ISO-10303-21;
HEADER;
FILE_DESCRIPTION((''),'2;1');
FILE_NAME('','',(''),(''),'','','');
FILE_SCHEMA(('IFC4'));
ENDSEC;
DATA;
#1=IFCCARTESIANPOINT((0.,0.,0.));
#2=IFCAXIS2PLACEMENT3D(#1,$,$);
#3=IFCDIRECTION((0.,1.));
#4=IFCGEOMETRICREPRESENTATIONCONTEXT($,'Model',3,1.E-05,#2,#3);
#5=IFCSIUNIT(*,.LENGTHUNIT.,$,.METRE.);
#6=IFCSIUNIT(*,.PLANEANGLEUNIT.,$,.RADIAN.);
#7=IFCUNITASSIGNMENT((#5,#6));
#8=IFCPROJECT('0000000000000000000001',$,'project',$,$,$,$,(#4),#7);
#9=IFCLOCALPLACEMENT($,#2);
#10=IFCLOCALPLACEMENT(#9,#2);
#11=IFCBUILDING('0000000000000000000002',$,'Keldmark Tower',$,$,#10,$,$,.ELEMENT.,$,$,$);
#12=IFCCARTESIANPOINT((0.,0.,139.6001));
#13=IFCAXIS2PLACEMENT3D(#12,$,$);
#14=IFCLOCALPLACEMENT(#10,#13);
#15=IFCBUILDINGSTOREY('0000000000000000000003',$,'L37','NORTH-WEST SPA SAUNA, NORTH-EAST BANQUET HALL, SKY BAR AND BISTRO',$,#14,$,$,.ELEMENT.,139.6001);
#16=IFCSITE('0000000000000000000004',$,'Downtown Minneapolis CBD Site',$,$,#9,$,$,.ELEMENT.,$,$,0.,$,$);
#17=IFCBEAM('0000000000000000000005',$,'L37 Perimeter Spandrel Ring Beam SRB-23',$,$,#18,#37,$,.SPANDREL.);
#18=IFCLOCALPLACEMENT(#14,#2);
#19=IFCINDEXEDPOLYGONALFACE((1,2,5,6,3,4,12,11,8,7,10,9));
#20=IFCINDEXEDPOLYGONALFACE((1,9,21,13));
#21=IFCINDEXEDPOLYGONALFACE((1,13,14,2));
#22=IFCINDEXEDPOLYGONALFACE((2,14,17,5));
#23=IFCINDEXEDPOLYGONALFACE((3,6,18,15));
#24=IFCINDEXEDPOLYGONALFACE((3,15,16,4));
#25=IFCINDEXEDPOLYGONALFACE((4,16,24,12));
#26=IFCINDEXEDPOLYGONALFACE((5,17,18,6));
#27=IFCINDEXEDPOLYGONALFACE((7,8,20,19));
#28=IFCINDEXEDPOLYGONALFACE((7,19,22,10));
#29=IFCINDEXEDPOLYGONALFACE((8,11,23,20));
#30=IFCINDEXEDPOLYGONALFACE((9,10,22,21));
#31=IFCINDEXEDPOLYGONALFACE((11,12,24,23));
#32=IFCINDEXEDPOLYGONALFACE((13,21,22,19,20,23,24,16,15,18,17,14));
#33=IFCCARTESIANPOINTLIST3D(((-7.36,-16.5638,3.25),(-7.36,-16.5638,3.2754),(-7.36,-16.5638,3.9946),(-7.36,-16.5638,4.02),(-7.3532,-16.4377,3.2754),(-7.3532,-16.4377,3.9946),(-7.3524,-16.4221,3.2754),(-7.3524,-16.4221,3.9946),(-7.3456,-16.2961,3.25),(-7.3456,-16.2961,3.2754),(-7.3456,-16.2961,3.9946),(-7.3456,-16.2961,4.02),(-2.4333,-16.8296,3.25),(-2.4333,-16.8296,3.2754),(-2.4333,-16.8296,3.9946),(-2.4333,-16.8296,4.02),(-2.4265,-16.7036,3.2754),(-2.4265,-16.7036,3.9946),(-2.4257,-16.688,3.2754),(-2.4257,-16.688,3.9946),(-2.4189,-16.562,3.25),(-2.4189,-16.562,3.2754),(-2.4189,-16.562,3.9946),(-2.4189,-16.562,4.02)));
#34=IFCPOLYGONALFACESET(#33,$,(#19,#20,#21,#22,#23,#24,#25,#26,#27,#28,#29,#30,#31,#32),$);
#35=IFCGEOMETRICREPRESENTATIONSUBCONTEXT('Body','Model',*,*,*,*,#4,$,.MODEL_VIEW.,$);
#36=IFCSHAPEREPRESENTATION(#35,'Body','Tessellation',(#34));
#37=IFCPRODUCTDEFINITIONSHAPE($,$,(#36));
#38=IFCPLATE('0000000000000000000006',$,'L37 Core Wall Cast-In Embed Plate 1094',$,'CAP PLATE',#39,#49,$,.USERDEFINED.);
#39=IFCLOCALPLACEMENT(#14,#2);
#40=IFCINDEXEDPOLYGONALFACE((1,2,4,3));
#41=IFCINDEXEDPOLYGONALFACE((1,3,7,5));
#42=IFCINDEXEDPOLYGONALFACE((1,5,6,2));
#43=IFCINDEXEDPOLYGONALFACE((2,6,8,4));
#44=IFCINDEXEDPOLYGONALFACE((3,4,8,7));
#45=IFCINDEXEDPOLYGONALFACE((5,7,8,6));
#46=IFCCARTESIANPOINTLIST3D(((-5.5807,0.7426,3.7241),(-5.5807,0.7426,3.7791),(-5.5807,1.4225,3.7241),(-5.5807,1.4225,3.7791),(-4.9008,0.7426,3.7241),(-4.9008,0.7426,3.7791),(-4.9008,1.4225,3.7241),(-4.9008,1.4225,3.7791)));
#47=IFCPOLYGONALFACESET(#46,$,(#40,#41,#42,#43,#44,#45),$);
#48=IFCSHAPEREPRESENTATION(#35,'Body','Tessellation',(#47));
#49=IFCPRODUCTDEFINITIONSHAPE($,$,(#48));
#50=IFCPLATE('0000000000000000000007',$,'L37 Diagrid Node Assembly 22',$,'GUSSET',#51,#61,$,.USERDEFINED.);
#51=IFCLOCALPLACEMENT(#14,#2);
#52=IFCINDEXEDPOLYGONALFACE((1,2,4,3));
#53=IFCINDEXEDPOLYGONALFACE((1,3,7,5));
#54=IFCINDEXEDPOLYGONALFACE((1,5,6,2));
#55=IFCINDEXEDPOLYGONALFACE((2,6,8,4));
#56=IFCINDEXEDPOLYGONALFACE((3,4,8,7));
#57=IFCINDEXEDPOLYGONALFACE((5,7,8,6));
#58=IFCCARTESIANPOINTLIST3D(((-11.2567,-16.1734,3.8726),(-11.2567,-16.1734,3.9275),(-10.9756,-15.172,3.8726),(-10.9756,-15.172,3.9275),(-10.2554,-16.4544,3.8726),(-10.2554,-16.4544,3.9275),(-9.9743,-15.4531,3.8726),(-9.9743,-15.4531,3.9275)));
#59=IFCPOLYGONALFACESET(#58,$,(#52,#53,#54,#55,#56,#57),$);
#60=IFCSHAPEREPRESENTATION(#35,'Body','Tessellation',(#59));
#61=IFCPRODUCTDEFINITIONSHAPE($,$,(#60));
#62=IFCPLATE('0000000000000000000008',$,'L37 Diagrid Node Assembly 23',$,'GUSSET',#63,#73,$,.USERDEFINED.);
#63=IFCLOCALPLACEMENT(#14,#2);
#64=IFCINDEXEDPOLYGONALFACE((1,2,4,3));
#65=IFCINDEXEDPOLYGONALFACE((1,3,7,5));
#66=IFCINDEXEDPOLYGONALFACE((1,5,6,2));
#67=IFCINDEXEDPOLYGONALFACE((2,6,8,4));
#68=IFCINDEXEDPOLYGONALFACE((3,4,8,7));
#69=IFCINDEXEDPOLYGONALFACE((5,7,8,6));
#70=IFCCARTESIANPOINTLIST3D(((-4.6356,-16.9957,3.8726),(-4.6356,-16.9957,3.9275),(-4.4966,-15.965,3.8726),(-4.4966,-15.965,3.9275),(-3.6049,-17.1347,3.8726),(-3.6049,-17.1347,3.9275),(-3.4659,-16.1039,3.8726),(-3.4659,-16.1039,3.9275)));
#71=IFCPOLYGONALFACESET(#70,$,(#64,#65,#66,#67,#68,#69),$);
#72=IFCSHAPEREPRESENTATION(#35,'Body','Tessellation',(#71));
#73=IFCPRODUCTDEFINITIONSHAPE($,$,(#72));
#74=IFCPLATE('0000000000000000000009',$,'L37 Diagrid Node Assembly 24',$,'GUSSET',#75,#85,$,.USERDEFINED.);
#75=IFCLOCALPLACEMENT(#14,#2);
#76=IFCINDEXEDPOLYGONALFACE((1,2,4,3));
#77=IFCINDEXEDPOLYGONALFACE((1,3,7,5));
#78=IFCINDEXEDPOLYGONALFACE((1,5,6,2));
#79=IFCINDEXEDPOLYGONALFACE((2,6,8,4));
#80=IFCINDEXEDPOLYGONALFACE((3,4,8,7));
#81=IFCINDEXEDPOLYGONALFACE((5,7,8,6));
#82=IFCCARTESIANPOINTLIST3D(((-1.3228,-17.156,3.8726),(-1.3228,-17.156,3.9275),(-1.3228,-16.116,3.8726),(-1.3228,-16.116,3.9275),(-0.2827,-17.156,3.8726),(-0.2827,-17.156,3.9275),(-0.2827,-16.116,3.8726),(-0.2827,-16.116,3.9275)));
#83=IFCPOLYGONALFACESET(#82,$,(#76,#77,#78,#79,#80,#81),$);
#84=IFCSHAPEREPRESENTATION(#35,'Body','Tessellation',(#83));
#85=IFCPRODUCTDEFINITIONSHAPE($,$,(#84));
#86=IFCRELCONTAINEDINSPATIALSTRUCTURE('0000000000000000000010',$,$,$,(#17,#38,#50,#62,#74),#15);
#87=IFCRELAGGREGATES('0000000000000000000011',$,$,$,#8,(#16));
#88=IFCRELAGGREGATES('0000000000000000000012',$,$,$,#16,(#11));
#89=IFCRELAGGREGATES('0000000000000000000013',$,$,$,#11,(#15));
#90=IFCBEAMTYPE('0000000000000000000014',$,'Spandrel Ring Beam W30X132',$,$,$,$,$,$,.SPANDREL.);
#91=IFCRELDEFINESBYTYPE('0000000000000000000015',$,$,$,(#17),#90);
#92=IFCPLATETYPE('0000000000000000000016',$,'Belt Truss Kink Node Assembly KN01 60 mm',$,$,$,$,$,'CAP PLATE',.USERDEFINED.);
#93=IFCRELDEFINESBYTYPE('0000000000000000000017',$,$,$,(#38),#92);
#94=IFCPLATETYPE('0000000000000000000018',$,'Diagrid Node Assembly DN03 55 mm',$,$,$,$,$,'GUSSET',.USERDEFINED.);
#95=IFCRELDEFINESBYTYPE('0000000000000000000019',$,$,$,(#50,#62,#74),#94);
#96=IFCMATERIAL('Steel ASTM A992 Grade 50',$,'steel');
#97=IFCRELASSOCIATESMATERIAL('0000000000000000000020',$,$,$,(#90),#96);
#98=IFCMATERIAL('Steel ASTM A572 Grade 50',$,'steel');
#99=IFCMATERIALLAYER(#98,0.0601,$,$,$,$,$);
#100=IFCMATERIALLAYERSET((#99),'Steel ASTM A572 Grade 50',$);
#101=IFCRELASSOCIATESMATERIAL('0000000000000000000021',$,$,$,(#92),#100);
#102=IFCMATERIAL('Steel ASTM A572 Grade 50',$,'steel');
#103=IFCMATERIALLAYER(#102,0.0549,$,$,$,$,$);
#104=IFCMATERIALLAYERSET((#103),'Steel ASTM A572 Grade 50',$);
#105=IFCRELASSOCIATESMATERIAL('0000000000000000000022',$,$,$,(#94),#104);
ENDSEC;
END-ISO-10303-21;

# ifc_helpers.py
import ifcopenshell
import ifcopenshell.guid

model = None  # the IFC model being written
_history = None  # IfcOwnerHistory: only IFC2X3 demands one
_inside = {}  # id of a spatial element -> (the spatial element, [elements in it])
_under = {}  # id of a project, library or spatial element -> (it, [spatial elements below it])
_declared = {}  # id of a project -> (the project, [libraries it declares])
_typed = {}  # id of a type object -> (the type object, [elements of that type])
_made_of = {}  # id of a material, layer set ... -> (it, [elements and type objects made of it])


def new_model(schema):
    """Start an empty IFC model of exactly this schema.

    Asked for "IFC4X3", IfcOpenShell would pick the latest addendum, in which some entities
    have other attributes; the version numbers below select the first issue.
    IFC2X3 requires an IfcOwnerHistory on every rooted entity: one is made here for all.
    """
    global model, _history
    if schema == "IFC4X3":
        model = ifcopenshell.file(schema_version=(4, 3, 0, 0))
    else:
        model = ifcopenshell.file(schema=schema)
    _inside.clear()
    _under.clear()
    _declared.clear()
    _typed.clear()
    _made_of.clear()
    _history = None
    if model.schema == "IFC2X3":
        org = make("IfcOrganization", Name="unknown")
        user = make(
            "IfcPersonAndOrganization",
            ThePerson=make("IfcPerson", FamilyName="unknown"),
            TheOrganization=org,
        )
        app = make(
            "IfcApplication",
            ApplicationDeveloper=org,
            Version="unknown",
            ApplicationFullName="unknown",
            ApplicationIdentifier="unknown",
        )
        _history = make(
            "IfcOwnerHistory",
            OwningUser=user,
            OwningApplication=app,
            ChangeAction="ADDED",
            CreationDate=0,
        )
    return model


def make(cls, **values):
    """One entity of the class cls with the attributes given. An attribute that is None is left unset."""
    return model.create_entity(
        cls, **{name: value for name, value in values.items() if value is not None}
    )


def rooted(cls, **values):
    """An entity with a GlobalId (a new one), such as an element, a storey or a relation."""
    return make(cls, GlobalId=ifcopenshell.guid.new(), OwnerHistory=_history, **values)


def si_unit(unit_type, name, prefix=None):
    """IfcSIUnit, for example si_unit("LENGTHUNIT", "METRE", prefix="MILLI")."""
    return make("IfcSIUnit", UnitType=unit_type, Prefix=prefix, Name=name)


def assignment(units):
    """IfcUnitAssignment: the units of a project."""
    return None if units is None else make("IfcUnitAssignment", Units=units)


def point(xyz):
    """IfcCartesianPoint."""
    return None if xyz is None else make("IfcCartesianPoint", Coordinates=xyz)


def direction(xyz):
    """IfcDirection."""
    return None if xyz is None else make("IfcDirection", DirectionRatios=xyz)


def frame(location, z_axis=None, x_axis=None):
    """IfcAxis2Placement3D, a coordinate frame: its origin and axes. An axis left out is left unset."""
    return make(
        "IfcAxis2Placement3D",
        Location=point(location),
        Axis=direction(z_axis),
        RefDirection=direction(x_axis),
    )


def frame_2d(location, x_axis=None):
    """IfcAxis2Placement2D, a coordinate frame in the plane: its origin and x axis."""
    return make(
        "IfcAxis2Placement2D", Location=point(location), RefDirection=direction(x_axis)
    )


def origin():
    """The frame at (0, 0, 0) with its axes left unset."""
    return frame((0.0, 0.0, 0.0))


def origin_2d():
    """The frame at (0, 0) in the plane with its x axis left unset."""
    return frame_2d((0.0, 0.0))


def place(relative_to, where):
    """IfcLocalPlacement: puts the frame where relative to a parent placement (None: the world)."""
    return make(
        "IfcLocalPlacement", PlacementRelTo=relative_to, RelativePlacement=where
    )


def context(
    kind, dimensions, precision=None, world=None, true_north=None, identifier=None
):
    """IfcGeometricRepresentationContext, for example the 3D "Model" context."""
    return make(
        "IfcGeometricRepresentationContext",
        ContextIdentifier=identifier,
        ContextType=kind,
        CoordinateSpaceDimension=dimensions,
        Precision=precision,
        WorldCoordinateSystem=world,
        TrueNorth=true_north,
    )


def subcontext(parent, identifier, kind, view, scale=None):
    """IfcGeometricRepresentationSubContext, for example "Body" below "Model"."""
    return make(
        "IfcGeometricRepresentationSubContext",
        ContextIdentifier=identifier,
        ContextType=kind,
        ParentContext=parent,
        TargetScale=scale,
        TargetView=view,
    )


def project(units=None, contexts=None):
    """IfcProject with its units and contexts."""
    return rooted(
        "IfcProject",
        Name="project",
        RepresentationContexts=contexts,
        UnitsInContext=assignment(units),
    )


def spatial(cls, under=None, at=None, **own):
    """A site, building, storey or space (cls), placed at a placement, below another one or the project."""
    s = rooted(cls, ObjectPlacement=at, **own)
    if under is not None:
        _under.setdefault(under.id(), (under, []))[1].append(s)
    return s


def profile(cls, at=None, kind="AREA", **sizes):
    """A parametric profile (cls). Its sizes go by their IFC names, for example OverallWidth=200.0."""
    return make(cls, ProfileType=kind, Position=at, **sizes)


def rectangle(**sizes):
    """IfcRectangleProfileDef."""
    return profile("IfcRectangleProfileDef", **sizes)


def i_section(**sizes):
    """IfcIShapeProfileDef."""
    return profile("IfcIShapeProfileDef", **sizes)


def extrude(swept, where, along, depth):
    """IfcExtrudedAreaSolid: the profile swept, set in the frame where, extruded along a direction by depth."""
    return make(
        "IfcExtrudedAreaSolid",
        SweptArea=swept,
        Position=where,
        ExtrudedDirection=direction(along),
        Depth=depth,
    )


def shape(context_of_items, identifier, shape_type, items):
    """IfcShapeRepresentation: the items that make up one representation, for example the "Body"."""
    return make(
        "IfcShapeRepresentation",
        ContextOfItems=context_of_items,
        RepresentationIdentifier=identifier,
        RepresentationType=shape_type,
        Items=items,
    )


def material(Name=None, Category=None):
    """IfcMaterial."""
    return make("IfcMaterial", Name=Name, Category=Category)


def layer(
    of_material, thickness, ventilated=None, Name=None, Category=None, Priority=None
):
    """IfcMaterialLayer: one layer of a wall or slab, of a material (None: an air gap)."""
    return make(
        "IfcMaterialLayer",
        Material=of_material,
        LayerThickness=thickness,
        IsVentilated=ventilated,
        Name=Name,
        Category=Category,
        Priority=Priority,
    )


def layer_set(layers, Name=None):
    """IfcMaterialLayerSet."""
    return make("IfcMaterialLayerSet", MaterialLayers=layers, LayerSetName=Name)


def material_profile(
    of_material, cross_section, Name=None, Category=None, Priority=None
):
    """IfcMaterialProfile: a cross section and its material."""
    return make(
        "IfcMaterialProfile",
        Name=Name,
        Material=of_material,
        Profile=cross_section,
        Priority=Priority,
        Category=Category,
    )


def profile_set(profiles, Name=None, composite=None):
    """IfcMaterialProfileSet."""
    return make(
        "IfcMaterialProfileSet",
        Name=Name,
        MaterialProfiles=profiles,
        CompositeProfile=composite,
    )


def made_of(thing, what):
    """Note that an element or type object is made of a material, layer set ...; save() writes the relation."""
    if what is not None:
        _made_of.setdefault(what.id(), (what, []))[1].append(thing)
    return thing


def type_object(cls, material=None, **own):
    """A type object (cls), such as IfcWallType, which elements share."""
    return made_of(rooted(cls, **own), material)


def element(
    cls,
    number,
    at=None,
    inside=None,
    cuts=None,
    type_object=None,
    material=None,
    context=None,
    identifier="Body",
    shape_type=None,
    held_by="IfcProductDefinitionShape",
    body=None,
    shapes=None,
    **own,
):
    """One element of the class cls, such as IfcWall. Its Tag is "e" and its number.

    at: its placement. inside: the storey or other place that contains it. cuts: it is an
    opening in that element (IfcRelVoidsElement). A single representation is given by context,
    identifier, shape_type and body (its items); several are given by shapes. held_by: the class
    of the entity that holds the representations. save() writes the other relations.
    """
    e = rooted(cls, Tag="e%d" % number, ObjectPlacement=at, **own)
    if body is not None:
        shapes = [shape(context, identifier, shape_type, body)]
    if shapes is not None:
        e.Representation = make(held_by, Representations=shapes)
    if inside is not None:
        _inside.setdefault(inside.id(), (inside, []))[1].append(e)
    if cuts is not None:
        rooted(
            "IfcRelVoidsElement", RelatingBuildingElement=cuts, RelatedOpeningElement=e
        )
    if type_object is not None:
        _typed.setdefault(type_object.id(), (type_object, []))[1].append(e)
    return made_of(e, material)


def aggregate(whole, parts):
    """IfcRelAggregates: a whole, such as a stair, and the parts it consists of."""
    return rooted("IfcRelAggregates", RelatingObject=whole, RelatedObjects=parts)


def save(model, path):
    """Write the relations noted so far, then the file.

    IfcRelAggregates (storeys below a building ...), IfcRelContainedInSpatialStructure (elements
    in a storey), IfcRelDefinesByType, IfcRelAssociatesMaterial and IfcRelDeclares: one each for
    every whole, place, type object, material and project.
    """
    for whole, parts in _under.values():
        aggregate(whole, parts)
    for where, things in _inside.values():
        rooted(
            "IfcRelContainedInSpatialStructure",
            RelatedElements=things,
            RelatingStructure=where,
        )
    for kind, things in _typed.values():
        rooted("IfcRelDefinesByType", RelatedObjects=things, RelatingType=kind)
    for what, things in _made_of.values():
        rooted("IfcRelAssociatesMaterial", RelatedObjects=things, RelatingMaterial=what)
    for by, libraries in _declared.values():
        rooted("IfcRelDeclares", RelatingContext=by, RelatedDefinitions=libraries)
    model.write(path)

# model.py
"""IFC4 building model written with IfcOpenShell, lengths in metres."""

from ifc_helpers import new_model, si_unit, direction, frame, origin, origin_2d, place, context, subcontext, project, spatial, rectangle, i_section, extrude, material, layer, layer_set, material_profile, profile_set, type_object, element, save


model = new_model("IFC4")

# Units and contexts
model_context = context("Model", 3, precision=1e-05, world=origin(), true_north=direction((0.0, 1.0)))
body_context = subcontext(model_context, "Body", "Model", "MODEL_VIEW")
ifc_project = project(units=[si_unit("LENGTHUNIT", "METRE"), si_unit("PLANEANGLEUNIT", "RADIAN")], contexts=[model_context])

# Site, building, storey
site_placement = place(None, origin())
site = spatial("IfcSite", under=ifc_project, at=site_placement, Name="Downtown Minneapolis CBD Site", CompositionType="ELEMENT", RefElevation=0.0)
building_placement = place(site_placement, origin())
building = spatial("IfcBuilding", under=site, at=building_placement, Name="Keldmark Tower", CompositionType="ELEMENT")
storey_placement = place(building_placement, frame((0.0, 0.0, 139.6001)))
storey = spatial("IfcBuildingStorey", under=building, at=storey_placement, Name="L37", Description="NORTH-WEST SPA SAUNA, NORTH-EAST BANQUET HALL, SKY BAR AND BISTRO", CompositionType="ELEMENT", Elevation=139.6001)

# Beam
ifc_material_1 = material(Name="Steel ASTM A992 Grade 50", Category="steel")
ifc_material_profile_1 = material_profile(ifc_material_1, i_section(OverallWidth=0.2681, OverallDepth=0.77, WebThickness=0.0156, FlangeThickness=0.0254, at=origin_2d()), Name="W30X132")
ifc_profile_set_1 = profile_set([ifc_material_profile_1], Name="Steel ASTM A992 Grade 50")
beam_type_1 = type_object("IfcBeamType", Name="Spandrel Ring Beam W30X132", PredefinedType="SPANDREL", material=ifc_profile_set_1)
beam_1_placement = place(storey_placement, frame((-7.3528, -16.4299, 3.635), z_axis=(0.998547, -0.053886, 0.0), x_axis=(0.053886, 0.998547, 0.0)))
element("IfcBeam", 1, at=beam_1_placement, inside=storey, type_object=beam_type_1, Name="L37 Perimeter Spandrel Ring Beam SRB-23", PredefinedType="SPANDREL", context=body_context, shape_type="SweptSolid", body=[
    extrude(i_section(OverallWidth=0.2681, OverallDepth=0.77, WebThickness=0.0156, FlangeThickness=0.0254, at=origin_2d()), origin(), (0.0, 0.0, 1.0), 4.9338),
])

# Plates
ifc_material_2 = material(Name="Steel ASTM A572 Grade 50", Category="steel")
ifc_layer_1 = layer(ifc_material_2, 0.0601)
ifc_layer_set_1 = layer_set([ifc_layer_1], Name="Steel ASTM A572 Grade 50")
plate_type_1 = type_object("IfcPlateType", Name="Belt Truss Kink Node Assembly KN01 60 mm", ElementType="CAP PLATE", PredefinedType="USERDEFINED", material=ifc_layer_set_1)
plate_placement = place(storey_placement, frame((-5.2407, 1.0825, 3.7241), z_axis=(0.0, 0.0, 1.0), x_axis=(1.0, 0.0, 0.0)))
element("IfcPlate", 2, at=plate_placement, inside=storey, type_object=plate_type_1, Name="L37 Core Wall Cast-In Embed Plate 1094", ObjectType="CAP PLATE", PredefinedType="USERDEFINED", context=body_context, shape_type="SweptSolid", body=[
    extrude(rectangle(XDim=0.6799, YDim=0.6799, at=origin_2d()), origin(), (0.0, 0.0, 1.0), 0.0549),
])
ifc_material_3 = material(Name="Steel ASTM A572 Grade 50", Category="steel")
ifc_layer_2 = layer(ifc_material_3, 0.0549)
ifc_layer_set_2 = layer_set([ifc_layer_2], Name="Steel ASTM A572 Grade 50")
plate_type_2 = type_object("IfcPlateType", Name="Diagrid Node Assembly DN03 55 mm", ElementType="GUSSET", PredefinedType="USERDEFINED", material=ifc_layer_set_2)
for number, where, z_axis, x_axis, name in (
    (3, (-10.6155, -15.8132, 3.8726), (0.0, 0.0, 1.0), (0.962786, -0.270264, 0.0), "L37 Diagrid Node Assembly 22"),
    (4, (-4.0508, -16.5498, 3.8726), (0.0, 0.0, 1.0), (0.99103, -0.13364, 0.0), "L37 Diagrid Node Assembly 23"),
    (5, (-0.8027, -16.636, 3.8726), (0.0, 0.0, 1.0), (1.0, 0.0, 0.0), "L37 Diagrid Node Assembly 24"),
):
    element("IfcPlate", number, at=place(storey_placement, frame(where, z_axis=z_axis, x_axis=x_axis)), inside=storey, type_object=plate_type_2, Name=name, ObjectType="GUSSET", PredefinedType="USERDEFINED", context=body_context, shape_type="SweptSolid", body=[
        extrude(rectangle(XDim=1.04, YDim=1.04, at=origin_2d()), origin(), (0.0, 0.0, 1.0), 0.0549),
    ])

save(model, "model.ifc")
